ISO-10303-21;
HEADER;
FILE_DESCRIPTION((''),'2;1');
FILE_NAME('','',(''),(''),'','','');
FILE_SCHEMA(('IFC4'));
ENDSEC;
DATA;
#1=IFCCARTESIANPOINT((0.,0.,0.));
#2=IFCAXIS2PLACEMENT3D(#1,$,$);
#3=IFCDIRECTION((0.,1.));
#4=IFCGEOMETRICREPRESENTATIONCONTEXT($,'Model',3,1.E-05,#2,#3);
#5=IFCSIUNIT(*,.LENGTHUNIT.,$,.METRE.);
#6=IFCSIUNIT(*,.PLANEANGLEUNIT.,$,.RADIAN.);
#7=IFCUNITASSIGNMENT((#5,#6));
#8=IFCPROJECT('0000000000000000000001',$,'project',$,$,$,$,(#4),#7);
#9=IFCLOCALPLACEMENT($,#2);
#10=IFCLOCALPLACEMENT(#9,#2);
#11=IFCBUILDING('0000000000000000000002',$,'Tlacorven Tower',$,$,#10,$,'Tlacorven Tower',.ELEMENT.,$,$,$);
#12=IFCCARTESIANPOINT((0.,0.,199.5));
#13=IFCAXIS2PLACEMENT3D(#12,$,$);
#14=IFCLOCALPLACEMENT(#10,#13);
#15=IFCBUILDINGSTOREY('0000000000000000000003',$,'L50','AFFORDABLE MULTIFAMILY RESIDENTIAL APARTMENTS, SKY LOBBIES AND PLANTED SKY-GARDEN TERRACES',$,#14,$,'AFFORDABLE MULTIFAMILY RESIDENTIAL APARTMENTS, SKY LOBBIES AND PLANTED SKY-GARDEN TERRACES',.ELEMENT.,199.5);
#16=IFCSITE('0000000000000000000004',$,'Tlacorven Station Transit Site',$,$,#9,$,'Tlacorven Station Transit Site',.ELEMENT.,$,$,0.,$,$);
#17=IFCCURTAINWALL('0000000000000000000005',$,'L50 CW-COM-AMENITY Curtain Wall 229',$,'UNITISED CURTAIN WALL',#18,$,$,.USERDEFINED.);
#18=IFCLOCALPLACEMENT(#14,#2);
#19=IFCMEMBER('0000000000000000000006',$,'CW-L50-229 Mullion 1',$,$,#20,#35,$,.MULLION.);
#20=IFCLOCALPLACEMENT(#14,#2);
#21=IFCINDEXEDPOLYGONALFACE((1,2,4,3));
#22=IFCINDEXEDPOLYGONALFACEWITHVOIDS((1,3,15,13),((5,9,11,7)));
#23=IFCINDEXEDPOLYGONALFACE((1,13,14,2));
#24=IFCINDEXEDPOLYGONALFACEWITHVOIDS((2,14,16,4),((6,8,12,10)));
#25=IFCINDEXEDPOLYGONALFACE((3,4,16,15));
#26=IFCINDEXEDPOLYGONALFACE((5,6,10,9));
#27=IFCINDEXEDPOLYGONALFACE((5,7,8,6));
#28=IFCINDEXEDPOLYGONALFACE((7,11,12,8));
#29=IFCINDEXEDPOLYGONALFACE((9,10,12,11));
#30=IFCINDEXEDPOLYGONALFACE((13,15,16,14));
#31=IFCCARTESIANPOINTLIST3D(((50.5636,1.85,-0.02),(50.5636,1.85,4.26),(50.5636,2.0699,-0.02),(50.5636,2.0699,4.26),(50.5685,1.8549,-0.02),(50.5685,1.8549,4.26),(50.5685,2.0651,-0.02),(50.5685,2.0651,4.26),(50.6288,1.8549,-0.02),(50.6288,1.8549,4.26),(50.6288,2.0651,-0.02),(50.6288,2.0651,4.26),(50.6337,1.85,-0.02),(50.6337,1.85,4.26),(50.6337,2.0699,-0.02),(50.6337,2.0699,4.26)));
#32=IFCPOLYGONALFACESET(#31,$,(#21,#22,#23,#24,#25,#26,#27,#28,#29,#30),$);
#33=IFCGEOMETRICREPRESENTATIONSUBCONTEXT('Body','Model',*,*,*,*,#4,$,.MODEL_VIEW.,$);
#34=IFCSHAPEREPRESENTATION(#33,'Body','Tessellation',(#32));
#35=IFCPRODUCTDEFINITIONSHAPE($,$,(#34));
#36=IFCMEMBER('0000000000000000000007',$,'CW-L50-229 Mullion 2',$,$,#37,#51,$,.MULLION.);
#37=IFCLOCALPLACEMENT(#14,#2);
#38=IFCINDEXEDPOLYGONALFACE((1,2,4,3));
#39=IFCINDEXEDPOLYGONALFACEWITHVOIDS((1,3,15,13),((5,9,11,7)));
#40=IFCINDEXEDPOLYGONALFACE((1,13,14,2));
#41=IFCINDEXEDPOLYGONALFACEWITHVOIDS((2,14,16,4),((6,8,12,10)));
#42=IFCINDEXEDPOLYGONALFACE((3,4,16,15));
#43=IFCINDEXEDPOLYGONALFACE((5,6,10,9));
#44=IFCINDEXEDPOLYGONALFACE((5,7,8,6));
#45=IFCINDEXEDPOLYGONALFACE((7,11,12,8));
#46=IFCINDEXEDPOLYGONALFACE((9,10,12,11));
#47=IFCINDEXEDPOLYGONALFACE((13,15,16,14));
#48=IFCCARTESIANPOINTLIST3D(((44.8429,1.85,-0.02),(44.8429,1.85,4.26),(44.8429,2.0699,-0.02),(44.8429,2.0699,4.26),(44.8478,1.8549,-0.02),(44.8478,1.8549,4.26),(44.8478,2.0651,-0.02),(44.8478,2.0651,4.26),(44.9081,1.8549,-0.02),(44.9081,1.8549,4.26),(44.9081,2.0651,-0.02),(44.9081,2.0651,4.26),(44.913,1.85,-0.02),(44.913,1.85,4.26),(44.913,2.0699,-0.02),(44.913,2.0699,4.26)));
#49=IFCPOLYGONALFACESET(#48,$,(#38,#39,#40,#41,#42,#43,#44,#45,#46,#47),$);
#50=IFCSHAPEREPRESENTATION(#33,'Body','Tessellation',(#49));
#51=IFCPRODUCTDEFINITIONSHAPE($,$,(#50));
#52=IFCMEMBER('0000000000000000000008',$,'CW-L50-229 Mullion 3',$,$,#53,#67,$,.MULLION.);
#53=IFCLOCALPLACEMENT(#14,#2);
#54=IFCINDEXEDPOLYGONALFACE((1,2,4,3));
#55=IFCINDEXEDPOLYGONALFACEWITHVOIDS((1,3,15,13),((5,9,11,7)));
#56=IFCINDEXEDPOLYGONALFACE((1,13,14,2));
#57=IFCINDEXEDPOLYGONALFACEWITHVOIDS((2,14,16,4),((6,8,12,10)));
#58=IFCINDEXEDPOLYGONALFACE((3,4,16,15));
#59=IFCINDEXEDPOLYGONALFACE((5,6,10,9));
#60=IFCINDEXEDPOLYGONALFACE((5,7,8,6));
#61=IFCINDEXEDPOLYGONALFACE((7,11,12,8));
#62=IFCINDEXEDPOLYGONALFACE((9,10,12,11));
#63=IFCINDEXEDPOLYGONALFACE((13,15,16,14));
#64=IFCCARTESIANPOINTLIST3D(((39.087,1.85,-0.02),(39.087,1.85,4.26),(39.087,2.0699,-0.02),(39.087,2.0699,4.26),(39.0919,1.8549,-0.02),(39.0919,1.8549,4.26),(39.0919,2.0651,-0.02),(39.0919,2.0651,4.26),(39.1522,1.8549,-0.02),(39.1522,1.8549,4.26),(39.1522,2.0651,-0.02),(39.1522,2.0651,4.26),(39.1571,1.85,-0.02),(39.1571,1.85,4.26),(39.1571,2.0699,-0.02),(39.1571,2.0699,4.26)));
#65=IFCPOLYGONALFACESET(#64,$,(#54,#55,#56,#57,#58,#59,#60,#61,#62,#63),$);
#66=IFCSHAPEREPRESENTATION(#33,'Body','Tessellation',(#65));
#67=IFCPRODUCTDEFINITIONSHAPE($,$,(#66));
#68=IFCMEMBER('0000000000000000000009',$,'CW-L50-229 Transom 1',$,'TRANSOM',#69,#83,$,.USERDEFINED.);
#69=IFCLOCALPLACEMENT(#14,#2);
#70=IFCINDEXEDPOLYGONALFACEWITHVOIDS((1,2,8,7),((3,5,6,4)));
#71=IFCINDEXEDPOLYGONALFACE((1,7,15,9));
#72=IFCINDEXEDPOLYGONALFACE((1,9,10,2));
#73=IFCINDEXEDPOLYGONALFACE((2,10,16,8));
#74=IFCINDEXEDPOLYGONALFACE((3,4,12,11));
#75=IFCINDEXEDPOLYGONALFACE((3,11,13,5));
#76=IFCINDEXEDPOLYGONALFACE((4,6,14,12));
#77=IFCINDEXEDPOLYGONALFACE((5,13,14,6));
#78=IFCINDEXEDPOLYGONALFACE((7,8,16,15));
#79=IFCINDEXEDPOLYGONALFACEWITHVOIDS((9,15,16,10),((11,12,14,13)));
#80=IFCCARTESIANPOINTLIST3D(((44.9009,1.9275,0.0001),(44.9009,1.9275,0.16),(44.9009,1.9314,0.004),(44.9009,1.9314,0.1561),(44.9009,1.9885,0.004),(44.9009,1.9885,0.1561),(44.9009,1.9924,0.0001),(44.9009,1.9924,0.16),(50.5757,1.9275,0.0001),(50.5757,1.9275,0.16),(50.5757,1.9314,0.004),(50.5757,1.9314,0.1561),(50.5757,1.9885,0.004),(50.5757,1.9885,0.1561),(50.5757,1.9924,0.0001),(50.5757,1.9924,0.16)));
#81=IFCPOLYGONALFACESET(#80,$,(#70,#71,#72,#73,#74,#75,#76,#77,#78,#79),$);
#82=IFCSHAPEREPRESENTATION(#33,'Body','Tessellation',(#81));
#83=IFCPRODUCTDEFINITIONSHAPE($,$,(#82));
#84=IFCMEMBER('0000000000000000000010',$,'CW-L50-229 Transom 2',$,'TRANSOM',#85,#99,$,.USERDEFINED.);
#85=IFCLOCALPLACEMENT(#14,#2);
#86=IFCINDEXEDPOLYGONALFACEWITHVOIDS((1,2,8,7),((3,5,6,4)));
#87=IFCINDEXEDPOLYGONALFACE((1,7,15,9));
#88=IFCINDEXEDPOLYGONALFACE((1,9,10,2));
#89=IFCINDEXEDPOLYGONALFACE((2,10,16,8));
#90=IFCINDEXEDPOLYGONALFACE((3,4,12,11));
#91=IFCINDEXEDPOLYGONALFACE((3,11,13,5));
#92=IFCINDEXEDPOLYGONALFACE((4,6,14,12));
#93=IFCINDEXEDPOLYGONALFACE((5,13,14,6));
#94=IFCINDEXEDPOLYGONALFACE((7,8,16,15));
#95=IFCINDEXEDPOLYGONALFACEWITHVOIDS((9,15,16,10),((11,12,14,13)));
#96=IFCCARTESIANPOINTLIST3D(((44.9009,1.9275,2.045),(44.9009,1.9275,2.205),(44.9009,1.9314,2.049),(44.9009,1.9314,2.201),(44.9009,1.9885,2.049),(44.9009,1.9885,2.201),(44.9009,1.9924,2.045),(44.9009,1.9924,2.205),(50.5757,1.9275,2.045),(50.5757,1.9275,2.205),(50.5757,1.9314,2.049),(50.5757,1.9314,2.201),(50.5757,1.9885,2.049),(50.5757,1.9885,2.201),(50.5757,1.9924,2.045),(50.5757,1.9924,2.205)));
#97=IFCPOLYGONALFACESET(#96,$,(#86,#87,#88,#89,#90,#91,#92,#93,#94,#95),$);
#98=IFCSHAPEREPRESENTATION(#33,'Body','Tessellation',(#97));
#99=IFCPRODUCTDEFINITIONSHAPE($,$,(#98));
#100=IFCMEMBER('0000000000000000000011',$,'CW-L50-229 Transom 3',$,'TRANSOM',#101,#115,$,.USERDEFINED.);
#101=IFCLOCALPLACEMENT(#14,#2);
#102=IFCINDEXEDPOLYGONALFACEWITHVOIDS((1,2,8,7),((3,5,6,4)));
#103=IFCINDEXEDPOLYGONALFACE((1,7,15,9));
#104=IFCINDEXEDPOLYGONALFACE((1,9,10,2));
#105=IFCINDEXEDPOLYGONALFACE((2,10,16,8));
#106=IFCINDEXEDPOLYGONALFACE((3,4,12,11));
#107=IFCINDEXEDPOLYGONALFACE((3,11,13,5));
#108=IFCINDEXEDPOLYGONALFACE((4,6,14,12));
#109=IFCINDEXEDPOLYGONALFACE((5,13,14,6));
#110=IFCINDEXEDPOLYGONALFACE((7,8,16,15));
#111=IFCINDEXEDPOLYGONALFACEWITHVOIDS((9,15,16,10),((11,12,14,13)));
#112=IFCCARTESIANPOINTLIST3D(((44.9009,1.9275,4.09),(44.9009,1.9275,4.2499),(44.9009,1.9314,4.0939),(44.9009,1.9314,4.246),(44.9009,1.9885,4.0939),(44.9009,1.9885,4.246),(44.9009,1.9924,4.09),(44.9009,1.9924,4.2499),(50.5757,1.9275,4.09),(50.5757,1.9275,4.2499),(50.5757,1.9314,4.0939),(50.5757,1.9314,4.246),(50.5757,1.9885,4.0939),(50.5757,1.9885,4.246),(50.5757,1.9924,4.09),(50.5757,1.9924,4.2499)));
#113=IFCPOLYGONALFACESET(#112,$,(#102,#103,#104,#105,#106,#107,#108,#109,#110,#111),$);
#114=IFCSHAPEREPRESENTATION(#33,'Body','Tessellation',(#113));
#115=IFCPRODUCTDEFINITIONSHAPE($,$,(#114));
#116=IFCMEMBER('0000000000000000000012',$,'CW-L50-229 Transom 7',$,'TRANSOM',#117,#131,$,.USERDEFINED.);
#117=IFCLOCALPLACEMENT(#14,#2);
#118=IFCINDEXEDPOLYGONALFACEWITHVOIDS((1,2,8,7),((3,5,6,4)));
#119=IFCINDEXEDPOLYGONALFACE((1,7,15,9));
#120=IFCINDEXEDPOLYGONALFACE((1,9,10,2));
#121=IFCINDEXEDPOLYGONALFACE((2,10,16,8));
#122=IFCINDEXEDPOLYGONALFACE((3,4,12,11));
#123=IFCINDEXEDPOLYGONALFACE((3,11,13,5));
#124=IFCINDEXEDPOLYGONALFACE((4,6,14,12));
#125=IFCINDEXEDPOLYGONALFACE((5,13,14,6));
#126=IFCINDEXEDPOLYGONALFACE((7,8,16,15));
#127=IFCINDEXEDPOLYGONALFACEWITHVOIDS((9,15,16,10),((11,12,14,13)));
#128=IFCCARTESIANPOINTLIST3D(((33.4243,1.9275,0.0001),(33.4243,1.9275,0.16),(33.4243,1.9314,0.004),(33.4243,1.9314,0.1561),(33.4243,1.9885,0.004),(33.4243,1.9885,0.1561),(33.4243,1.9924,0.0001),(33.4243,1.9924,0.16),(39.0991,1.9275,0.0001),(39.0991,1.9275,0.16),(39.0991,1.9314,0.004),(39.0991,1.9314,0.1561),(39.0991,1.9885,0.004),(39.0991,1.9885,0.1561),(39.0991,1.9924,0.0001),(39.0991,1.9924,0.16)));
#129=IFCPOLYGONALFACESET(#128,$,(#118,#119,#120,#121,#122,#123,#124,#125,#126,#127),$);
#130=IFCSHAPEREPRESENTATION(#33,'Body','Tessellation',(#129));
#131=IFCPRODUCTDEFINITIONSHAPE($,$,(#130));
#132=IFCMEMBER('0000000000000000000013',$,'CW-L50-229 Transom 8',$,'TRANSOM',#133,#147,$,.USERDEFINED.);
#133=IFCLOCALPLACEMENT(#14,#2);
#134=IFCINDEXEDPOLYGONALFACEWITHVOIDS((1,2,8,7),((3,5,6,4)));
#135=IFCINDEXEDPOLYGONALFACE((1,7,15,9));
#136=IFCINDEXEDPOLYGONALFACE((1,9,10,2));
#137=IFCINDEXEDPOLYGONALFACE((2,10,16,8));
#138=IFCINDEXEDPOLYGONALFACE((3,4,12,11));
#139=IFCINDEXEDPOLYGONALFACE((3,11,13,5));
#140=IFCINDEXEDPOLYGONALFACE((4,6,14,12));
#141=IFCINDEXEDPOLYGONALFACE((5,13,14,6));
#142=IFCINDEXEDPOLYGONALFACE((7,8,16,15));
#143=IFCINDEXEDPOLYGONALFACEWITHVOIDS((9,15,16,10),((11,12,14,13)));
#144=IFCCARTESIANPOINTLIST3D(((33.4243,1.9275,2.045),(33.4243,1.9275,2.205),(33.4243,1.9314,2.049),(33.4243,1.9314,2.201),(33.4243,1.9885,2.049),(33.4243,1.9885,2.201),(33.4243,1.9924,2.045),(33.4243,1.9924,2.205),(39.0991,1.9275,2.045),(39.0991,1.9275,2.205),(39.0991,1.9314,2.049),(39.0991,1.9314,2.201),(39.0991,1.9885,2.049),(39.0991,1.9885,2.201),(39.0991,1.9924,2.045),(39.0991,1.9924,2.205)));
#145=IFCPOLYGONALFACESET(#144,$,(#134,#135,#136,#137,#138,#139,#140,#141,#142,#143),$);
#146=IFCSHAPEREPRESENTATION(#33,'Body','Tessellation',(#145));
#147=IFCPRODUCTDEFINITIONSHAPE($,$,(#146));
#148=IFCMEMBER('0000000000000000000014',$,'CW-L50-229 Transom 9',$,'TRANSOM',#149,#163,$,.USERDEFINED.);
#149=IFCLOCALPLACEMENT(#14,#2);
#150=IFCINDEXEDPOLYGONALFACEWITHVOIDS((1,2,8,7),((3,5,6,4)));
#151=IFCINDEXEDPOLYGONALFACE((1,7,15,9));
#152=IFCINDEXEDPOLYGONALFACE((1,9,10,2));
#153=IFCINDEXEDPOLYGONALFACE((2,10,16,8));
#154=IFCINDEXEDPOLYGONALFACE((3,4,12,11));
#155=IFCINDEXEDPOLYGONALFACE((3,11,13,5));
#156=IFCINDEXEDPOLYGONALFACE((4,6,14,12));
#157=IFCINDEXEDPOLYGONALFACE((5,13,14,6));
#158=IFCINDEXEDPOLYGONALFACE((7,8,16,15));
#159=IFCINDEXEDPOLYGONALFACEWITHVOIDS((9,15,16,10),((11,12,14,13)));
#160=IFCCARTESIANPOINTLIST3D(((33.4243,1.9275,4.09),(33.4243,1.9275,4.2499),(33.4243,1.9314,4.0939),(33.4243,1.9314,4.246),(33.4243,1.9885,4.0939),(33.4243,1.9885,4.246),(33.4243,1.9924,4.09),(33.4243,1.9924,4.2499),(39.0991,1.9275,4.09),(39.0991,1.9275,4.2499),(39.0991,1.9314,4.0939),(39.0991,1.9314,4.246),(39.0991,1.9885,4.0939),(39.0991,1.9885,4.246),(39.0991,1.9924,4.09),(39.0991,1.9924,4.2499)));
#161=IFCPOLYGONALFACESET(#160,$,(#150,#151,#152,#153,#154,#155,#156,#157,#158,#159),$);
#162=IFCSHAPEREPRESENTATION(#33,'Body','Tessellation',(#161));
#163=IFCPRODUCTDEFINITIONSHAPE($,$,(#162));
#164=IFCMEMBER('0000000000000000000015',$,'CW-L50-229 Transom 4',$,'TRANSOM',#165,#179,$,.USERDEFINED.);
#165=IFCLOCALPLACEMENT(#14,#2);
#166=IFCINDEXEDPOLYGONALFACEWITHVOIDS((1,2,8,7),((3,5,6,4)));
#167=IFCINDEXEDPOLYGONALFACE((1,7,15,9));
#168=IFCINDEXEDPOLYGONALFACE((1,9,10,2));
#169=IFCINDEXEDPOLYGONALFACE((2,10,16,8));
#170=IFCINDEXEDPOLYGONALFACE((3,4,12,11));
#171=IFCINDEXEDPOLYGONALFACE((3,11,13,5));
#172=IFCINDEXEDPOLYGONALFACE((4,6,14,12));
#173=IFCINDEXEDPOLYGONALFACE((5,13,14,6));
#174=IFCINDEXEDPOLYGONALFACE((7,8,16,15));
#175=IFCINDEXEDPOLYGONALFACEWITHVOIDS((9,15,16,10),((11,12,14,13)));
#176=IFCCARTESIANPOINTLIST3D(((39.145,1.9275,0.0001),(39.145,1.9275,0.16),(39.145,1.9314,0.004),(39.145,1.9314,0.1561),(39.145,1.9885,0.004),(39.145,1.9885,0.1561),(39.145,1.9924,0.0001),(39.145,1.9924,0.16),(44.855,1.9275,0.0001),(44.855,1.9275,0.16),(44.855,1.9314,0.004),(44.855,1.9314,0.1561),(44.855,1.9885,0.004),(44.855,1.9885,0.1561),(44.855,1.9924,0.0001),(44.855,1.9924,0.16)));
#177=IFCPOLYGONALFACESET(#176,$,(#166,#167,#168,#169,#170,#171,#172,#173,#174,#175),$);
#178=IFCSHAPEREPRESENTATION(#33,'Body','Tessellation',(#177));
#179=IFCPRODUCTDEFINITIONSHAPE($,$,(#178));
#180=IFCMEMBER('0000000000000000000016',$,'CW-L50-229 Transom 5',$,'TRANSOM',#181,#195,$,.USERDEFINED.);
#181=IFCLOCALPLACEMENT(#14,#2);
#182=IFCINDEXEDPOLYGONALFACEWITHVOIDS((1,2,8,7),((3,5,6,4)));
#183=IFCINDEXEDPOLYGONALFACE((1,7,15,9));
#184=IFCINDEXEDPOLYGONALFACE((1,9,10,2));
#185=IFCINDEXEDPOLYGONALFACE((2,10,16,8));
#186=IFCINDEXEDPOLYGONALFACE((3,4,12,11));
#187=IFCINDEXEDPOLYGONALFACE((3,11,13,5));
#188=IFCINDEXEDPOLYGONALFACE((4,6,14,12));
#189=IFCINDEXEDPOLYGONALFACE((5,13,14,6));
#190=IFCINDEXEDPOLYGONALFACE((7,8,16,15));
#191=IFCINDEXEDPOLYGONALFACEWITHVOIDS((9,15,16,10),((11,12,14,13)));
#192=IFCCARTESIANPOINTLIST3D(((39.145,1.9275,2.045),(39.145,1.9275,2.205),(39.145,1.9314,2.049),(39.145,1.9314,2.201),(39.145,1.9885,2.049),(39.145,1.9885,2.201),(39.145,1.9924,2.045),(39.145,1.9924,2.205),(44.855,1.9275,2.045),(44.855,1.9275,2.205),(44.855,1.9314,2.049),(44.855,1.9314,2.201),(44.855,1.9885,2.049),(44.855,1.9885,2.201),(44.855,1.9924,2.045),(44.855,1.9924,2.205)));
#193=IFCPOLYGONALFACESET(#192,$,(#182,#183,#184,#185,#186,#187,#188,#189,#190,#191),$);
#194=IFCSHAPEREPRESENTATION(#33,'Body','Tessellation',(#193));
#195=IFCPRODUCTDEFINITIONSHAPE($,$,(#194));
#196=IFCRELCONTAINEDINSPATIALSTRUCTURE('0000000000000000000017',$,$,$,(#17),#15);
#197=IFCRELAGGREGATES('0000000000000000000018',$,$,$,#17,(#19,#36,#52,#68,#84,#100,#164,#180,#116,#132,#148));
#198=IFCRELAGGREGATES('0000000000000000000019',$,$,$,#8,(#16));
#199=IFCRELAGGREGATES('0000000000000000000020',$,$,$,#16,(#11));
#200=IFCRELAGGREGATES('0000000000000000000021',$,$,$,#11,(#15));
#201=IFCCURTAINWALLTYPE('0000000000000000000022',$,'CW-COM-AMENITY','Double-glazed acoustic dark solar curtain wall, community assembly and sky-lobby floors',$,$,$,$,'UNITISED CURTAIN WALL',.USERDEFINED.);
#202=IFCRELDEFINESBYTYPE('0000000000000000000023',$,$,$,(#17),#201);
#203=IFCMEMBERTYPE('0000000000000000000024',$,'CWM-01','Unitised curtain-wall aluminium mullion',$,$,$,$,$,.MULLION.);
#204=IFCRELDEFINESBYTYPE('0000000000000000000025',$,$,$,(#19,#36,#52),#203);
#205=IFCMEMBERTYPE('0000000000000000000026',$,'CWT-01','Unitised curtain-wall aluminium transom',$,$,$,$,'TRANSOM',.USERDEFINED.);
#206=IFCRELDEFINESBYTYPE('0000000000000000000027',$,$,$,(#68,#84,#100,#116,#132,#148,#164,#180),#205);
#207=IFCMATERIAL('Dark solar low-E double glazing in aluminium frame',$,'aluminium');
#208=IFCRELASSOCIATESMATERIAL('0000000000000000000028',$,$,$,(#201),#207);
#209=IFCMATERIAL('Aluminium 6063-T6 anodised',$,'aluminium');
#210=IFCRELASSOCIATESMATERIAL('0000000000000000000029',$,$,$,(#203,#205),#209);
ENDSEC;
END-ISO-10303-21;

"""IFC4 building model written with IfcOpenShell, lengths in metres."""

from ifc_helpers import new_model, si_unit, direction, frame, origin, origin_2d, place, context, subcontext, project, spatial, hollow_rectangle, extrude, source, transform, mapped, material, material_profile, profile_set, type_object, element, aggregate, save


model = new_model("IFC4")

# Units and contexts
model_context = context("Model", 3, precision=1e-05, world=origin(), true_north=direction((0.0, 1.0)))
body_context = subcontext(model_context, "Body", "Model", "MODEL_VIEW")
ifc_project = project(units=[si_unit("LENGTHUNIT", "METRE"), si_unit("PLANEANGLEUNIT", "RADIAN")], contexts=[model_context])

# Site, building, storey
site_placement = place(None, origin())
site = spatial("IfcSite", under=ifc_project, at=site_placement, Name="Tlacorven Station Transit Site", LongName="Tlacorven Station Transit Site", CompositionType="ELEMENT", RefElevation=0.0)
building_placement = place(site_placement, origin())
building = spatial("IfcBuilding", under=site, at=building_placement, Name="Tlacorven Tower", LongName="Tlacorven Tower", CompositionType="ELEMENT")
storey_placement = place(building_placement, frame((0.0, 0.0, 199.5)))
storey = spatial("IfcBuildingStorey", under=building, at=storey_placement, Name="L50", Description="AFFORDABLE MULTIFAMILY RESIDENTIAL APARTMENTS, SKY LOBBIES AND PLANTED SKY-GARDEN TERRACES", LongName="AFFORDABLE MULTIFAMILY RESIDENTIAL APARTMENTS, SKY LOBBIES AND PLANTED SKY-GARDEN TERRACES", CompositionType="ELEMENT", Elevation=199.5)

# Curtain wall, members
ifc_material_1 = material(Name="Dark solar low-E double glazing in aluminium frame", Category="aluminium")
curtain_wall_type = type_object("IfcCurtainWallType", Name="CW-COM-AMENITY", Description="Double-glazed acoustic dark solar curtain wall, community assembly and sky-lobby floors", ElementType="UNITISED CURTAIN WALL", PredefinedType="USERDEFINED", material=ifc_material_1)
curtain_wall_placement = place(storey_placement, origin())
curtain_wall = element("IfcCurtainWall", 1, at=curtain_wall_placement, inside=storey, type_object=curtain_wall_type, Name="L50 CW-COM-AMENITY Curtain Wall 229", ObjectType="UNITISED CURTAIN WALL", PredefinedType="USERDEFINED")
ifc_material_2 = material(Name="Aluminium 6063-T6 anodised", Category="aluminium")
ifc_material_profile_1 = material_profile(ifc_material_2, hollow_rectangle(XDim=0.0701, YDim=0.22, WallThickness=0.0049, at=origin_2d()), Name="ALU MULLION 70X220")
ifc_profile_set_1 = profile_set([ifc_material_profile_1], Name="Aluminium 6063-T6 anodised")
member_type_1 = type_object("IfcMemberType", Name="CWM-01", Description="Unitised curtain-wall aluminium mullion", PredefinedType="MULLION", material=ifc_profile_set_1)
shared_shape_1 = source(origin(), body_context, "Body", "SweptSolid", [
    extrude(hollow_rectangle(XDim=0.0701, YDim=0.22, WallThickness=0.0049, at=origin_2d()), origin(), (0.0, 0.0, 1.0), 4.28),
])
member_1_placement = place(storey_placement, frame((50.5986, 1.96, -0.02), z_axis=(0.0, 0.0, 1.0), x_axis=(-1.0, 0.0, 0.0)))
member_1 = element("IfcMember", 2, at=member_1_placement, type_object=member_type_1, Name="CW-L50-229 Mullion 1", PredefinedType="MULLION", context=body_context, shape_type="MappedRepresentation", body=[
    mapped(shared_shape_1, transform((0.0, 0.0, 0.0), scale=1.0)),
])
member_2_placement = place(storey_placement, frame((44.8779, 1.96, -0.02), z_axis=(0.0, 0.0, 1.0), x_axis=(-1.0, 0.0, 0.0)))
member_2 = element("IfcMember", 3, at=member_2_placement, type_object=member_type_1, Name="CW-L50-229 Mullion 2", PredefinedType="MULLION", context=body_context, shape_type="MappedRepresentation", body=[
    mapped(shared_shape_1, transform((0.0, 0.0, 0.0), scale=1.0)),
])
member_3_placement = place(storey_placement, frame((39.1221, 1.96, -0.02), z_axis=(0.0, 0.0, 1.0), x_axis=(-1.0, 0.0, 0.0)))
member_3 = element("IfcMember", 4, at=member_3_placement, type_object=member_type_1, Name="CW-L50-229 Mullion 3", PredefinedType="MULLION", context=body_context, shape_type="MappedRepresentation", body=[
    mapped(shared_shape_1, transform((0.0, 0.0, 0.0), scale=1.0)),
])
ifc_material_profile_2 = material_profile(ifc_material_2, hollow_rectangle(XDim=0.0649, YDim=0.1599, WallThickness=0.0039, at=origin_2d()), Name="ALU TRANSOM 65X160")
ifc_profile_set_2 = profile_set([ifc_material_profile_2], Name="Aluminium 6063-T6 anodised")
member_type_2 = type_object("IfcMemberType", Name="CWT-01", Description="Unitised curtain-wall aluminium transom", ElementType="TRANSOM", PredefinedType="USERDEFINED", material=ifc_profile_set_2)
shared_shape_2 = source(origin(), body_context, "Body", "SweptSolid", [
    extrude(hollow_rectangle(XDim=0.0649, YDim=0.1599, WallThickness=0.0039, at=origin_2d()), origin(), (0.0, 0.0, 1.0), 5.6748),
])
member_4_placement = place(storey_placement, frame((50.5757, 1.96, 0.0801), z_axis=(-1.0, 0.0, 0.0), x_axis=(0.0, -1.0, 0.0)))
member_4 = element("IfcMember", 5, at=member_4_placement, type_object=member_type_2, Name="CW-L50-229 Transom 1", ObjectType="TRANSOM", PredefinedType="USERDEFINED", context=body_context, shape_type="MappedRepresentation", body=[
    mapped(shared_shape_2, transform((0.0, 0.0, 0.0), scale=1.0)),
])
member_5_placement = place(storey_placement, frame((50.5757, 1.96, 2.125), z_axis=(-1.0, 0.0, 0.0), x_axis=(0.0, -1.0, 0.0)))
member_5 = element("IfcMember", 6, at=member_5_placement, type_object=member_type_2, Name="CW-L50-229 Transom 2", ObjectType="TRANSOM", PredefinedType="USERDEFINED", context=body_context, shape_type="MappedRepresentation", body=[
    mapped(shared_shape_2, transform((0.0, 0.0, 0.0), scale=1.0)),
])
member_6_placement = place(storey_placement, frame((50.5757, 1.96, 4.1699), z_axis=(-1.0, 0.0, 0.0), x_axis=(0.0, -1.0, 0.0)))
member_6 = element("IfcMember", 7, at=member_6_placement, type_object=member_type_2, Name="CW-L50-229 Transom 3", ObjectType="TRANSOM", PredefinedType="USERDEFINED", context=body_context, shape_type="MappedRepresentation", body=[
    mapped(shared_shape_2, transform((0.0, 0.0, 0.0), scale=1.0)),
])
member_7_placement = place(storey_placement, frame((39.0991, 1.96, 0.0801), z_axis=(-1.0, 0.0, 0.0), x_axis=(0.0, -1.0, 0.0)))
member_7 = element("IfcMember", 8, at=member_7_placement, type_object=member_type_2, Name="CW-L50-229 Transom 7", ObjectType="TRANSOM", PredefinedType="USERDEFINED", context=body_context, shape_type="MappedRepresentation", body=[
    mapped(shared_shape_2, transform((0.0, 0.0, 0.0), scale=1.0)),
])
member_8_placement = place(storey_placement, frame((39.0991, 1.96, 2.125), z_axis=(-1.0, 0.0, 0.0), x_axis=(0.0, -1.0, 0.0)))
member_8 = element("IfcMember", 9, at=member_8_placement, type_object=member_type_2, Name="CW-L50-229 Transom 8", ObjectType="TRANSOM", PredefinedType="USERDEFINED", context=body_context, shape_type="MappedRepresentation", body=[
    mapped(shared_shape_2, transform((0.0, 0.0, 0.0), scale=1.0)),
])
member_9_placement = place(storey_placement, frame((39.0991, 1.96, 4.1699), z_axis=(-1.0, 0.0, 0.0), x_axis=(0.0, -1.0, 0.0)))
member_9 = element("IfcMember", 10, at=member_9_placement, type_object=member_type_2, Name="CW-L50-229 Transom 9", ObjectType="TRANSOM", PredefinedType="USERDEFINED", context=body_context, shape_type="MappedRepresentation", body=[
    mapped(shared_shape_2, transform((0.0, 0.0, 0.0), scale=1.0)),
])
shared_shape_3 = source(origin(), body_context, "Body", "SweptSolid", [
    extrude(hollow_rectangle(XDim=0.0649, YDim=0.1599, WallThickness=0.0039, at=origin_2d()), origin(), (0.0, 0.0, 1.0), 5.71),
])
member_10_placement = place(storey_placement, frame((44.855, 1.96, 0.0801), z_axis=(-1.0, 0.0, 0.0), x_axis=(0.0, -1.0, 0.0)))
member_10 = element("IfcMember", 11, at=member_10_placement, type_object=member_type_2, Name="CW-L50-229 Transom 4", ObjectType="TRANSOM", PredefinedType="USERDEFINED", context=body_context, shape_type="MappedRepresentation", body=[
    mapped(shared_shape_3, transform((0.0, 0.0, 0.0), scale=1.0)),
])
member_11_placement = place(storey_placement, frame((44.855, 1.96, 2.125), z_axis=(-1.0, 0.0, 0.0), x_axis=(0.0, -1.0, 0.0)))
member_11 = element("IfcMember", 12, at=member_11_placement, type_object=member_type_2, Name="CW-L50-229 Transom 5", ObjectType="TRANSOM", PredefinedType="USERDEFINED", context=body_context, shape_type="MappedRepresentation", body=[
    mapped(shared_shape_3, transform((0.0, 0.0, 0.0), scale=1.0)),
])
aggregate(curtain_wall, [member_1, member_2, member_3, member_4, member_5, member_6, member_10, member_11, member_7, member_8, member_9])

save(model, "model.ifc")
